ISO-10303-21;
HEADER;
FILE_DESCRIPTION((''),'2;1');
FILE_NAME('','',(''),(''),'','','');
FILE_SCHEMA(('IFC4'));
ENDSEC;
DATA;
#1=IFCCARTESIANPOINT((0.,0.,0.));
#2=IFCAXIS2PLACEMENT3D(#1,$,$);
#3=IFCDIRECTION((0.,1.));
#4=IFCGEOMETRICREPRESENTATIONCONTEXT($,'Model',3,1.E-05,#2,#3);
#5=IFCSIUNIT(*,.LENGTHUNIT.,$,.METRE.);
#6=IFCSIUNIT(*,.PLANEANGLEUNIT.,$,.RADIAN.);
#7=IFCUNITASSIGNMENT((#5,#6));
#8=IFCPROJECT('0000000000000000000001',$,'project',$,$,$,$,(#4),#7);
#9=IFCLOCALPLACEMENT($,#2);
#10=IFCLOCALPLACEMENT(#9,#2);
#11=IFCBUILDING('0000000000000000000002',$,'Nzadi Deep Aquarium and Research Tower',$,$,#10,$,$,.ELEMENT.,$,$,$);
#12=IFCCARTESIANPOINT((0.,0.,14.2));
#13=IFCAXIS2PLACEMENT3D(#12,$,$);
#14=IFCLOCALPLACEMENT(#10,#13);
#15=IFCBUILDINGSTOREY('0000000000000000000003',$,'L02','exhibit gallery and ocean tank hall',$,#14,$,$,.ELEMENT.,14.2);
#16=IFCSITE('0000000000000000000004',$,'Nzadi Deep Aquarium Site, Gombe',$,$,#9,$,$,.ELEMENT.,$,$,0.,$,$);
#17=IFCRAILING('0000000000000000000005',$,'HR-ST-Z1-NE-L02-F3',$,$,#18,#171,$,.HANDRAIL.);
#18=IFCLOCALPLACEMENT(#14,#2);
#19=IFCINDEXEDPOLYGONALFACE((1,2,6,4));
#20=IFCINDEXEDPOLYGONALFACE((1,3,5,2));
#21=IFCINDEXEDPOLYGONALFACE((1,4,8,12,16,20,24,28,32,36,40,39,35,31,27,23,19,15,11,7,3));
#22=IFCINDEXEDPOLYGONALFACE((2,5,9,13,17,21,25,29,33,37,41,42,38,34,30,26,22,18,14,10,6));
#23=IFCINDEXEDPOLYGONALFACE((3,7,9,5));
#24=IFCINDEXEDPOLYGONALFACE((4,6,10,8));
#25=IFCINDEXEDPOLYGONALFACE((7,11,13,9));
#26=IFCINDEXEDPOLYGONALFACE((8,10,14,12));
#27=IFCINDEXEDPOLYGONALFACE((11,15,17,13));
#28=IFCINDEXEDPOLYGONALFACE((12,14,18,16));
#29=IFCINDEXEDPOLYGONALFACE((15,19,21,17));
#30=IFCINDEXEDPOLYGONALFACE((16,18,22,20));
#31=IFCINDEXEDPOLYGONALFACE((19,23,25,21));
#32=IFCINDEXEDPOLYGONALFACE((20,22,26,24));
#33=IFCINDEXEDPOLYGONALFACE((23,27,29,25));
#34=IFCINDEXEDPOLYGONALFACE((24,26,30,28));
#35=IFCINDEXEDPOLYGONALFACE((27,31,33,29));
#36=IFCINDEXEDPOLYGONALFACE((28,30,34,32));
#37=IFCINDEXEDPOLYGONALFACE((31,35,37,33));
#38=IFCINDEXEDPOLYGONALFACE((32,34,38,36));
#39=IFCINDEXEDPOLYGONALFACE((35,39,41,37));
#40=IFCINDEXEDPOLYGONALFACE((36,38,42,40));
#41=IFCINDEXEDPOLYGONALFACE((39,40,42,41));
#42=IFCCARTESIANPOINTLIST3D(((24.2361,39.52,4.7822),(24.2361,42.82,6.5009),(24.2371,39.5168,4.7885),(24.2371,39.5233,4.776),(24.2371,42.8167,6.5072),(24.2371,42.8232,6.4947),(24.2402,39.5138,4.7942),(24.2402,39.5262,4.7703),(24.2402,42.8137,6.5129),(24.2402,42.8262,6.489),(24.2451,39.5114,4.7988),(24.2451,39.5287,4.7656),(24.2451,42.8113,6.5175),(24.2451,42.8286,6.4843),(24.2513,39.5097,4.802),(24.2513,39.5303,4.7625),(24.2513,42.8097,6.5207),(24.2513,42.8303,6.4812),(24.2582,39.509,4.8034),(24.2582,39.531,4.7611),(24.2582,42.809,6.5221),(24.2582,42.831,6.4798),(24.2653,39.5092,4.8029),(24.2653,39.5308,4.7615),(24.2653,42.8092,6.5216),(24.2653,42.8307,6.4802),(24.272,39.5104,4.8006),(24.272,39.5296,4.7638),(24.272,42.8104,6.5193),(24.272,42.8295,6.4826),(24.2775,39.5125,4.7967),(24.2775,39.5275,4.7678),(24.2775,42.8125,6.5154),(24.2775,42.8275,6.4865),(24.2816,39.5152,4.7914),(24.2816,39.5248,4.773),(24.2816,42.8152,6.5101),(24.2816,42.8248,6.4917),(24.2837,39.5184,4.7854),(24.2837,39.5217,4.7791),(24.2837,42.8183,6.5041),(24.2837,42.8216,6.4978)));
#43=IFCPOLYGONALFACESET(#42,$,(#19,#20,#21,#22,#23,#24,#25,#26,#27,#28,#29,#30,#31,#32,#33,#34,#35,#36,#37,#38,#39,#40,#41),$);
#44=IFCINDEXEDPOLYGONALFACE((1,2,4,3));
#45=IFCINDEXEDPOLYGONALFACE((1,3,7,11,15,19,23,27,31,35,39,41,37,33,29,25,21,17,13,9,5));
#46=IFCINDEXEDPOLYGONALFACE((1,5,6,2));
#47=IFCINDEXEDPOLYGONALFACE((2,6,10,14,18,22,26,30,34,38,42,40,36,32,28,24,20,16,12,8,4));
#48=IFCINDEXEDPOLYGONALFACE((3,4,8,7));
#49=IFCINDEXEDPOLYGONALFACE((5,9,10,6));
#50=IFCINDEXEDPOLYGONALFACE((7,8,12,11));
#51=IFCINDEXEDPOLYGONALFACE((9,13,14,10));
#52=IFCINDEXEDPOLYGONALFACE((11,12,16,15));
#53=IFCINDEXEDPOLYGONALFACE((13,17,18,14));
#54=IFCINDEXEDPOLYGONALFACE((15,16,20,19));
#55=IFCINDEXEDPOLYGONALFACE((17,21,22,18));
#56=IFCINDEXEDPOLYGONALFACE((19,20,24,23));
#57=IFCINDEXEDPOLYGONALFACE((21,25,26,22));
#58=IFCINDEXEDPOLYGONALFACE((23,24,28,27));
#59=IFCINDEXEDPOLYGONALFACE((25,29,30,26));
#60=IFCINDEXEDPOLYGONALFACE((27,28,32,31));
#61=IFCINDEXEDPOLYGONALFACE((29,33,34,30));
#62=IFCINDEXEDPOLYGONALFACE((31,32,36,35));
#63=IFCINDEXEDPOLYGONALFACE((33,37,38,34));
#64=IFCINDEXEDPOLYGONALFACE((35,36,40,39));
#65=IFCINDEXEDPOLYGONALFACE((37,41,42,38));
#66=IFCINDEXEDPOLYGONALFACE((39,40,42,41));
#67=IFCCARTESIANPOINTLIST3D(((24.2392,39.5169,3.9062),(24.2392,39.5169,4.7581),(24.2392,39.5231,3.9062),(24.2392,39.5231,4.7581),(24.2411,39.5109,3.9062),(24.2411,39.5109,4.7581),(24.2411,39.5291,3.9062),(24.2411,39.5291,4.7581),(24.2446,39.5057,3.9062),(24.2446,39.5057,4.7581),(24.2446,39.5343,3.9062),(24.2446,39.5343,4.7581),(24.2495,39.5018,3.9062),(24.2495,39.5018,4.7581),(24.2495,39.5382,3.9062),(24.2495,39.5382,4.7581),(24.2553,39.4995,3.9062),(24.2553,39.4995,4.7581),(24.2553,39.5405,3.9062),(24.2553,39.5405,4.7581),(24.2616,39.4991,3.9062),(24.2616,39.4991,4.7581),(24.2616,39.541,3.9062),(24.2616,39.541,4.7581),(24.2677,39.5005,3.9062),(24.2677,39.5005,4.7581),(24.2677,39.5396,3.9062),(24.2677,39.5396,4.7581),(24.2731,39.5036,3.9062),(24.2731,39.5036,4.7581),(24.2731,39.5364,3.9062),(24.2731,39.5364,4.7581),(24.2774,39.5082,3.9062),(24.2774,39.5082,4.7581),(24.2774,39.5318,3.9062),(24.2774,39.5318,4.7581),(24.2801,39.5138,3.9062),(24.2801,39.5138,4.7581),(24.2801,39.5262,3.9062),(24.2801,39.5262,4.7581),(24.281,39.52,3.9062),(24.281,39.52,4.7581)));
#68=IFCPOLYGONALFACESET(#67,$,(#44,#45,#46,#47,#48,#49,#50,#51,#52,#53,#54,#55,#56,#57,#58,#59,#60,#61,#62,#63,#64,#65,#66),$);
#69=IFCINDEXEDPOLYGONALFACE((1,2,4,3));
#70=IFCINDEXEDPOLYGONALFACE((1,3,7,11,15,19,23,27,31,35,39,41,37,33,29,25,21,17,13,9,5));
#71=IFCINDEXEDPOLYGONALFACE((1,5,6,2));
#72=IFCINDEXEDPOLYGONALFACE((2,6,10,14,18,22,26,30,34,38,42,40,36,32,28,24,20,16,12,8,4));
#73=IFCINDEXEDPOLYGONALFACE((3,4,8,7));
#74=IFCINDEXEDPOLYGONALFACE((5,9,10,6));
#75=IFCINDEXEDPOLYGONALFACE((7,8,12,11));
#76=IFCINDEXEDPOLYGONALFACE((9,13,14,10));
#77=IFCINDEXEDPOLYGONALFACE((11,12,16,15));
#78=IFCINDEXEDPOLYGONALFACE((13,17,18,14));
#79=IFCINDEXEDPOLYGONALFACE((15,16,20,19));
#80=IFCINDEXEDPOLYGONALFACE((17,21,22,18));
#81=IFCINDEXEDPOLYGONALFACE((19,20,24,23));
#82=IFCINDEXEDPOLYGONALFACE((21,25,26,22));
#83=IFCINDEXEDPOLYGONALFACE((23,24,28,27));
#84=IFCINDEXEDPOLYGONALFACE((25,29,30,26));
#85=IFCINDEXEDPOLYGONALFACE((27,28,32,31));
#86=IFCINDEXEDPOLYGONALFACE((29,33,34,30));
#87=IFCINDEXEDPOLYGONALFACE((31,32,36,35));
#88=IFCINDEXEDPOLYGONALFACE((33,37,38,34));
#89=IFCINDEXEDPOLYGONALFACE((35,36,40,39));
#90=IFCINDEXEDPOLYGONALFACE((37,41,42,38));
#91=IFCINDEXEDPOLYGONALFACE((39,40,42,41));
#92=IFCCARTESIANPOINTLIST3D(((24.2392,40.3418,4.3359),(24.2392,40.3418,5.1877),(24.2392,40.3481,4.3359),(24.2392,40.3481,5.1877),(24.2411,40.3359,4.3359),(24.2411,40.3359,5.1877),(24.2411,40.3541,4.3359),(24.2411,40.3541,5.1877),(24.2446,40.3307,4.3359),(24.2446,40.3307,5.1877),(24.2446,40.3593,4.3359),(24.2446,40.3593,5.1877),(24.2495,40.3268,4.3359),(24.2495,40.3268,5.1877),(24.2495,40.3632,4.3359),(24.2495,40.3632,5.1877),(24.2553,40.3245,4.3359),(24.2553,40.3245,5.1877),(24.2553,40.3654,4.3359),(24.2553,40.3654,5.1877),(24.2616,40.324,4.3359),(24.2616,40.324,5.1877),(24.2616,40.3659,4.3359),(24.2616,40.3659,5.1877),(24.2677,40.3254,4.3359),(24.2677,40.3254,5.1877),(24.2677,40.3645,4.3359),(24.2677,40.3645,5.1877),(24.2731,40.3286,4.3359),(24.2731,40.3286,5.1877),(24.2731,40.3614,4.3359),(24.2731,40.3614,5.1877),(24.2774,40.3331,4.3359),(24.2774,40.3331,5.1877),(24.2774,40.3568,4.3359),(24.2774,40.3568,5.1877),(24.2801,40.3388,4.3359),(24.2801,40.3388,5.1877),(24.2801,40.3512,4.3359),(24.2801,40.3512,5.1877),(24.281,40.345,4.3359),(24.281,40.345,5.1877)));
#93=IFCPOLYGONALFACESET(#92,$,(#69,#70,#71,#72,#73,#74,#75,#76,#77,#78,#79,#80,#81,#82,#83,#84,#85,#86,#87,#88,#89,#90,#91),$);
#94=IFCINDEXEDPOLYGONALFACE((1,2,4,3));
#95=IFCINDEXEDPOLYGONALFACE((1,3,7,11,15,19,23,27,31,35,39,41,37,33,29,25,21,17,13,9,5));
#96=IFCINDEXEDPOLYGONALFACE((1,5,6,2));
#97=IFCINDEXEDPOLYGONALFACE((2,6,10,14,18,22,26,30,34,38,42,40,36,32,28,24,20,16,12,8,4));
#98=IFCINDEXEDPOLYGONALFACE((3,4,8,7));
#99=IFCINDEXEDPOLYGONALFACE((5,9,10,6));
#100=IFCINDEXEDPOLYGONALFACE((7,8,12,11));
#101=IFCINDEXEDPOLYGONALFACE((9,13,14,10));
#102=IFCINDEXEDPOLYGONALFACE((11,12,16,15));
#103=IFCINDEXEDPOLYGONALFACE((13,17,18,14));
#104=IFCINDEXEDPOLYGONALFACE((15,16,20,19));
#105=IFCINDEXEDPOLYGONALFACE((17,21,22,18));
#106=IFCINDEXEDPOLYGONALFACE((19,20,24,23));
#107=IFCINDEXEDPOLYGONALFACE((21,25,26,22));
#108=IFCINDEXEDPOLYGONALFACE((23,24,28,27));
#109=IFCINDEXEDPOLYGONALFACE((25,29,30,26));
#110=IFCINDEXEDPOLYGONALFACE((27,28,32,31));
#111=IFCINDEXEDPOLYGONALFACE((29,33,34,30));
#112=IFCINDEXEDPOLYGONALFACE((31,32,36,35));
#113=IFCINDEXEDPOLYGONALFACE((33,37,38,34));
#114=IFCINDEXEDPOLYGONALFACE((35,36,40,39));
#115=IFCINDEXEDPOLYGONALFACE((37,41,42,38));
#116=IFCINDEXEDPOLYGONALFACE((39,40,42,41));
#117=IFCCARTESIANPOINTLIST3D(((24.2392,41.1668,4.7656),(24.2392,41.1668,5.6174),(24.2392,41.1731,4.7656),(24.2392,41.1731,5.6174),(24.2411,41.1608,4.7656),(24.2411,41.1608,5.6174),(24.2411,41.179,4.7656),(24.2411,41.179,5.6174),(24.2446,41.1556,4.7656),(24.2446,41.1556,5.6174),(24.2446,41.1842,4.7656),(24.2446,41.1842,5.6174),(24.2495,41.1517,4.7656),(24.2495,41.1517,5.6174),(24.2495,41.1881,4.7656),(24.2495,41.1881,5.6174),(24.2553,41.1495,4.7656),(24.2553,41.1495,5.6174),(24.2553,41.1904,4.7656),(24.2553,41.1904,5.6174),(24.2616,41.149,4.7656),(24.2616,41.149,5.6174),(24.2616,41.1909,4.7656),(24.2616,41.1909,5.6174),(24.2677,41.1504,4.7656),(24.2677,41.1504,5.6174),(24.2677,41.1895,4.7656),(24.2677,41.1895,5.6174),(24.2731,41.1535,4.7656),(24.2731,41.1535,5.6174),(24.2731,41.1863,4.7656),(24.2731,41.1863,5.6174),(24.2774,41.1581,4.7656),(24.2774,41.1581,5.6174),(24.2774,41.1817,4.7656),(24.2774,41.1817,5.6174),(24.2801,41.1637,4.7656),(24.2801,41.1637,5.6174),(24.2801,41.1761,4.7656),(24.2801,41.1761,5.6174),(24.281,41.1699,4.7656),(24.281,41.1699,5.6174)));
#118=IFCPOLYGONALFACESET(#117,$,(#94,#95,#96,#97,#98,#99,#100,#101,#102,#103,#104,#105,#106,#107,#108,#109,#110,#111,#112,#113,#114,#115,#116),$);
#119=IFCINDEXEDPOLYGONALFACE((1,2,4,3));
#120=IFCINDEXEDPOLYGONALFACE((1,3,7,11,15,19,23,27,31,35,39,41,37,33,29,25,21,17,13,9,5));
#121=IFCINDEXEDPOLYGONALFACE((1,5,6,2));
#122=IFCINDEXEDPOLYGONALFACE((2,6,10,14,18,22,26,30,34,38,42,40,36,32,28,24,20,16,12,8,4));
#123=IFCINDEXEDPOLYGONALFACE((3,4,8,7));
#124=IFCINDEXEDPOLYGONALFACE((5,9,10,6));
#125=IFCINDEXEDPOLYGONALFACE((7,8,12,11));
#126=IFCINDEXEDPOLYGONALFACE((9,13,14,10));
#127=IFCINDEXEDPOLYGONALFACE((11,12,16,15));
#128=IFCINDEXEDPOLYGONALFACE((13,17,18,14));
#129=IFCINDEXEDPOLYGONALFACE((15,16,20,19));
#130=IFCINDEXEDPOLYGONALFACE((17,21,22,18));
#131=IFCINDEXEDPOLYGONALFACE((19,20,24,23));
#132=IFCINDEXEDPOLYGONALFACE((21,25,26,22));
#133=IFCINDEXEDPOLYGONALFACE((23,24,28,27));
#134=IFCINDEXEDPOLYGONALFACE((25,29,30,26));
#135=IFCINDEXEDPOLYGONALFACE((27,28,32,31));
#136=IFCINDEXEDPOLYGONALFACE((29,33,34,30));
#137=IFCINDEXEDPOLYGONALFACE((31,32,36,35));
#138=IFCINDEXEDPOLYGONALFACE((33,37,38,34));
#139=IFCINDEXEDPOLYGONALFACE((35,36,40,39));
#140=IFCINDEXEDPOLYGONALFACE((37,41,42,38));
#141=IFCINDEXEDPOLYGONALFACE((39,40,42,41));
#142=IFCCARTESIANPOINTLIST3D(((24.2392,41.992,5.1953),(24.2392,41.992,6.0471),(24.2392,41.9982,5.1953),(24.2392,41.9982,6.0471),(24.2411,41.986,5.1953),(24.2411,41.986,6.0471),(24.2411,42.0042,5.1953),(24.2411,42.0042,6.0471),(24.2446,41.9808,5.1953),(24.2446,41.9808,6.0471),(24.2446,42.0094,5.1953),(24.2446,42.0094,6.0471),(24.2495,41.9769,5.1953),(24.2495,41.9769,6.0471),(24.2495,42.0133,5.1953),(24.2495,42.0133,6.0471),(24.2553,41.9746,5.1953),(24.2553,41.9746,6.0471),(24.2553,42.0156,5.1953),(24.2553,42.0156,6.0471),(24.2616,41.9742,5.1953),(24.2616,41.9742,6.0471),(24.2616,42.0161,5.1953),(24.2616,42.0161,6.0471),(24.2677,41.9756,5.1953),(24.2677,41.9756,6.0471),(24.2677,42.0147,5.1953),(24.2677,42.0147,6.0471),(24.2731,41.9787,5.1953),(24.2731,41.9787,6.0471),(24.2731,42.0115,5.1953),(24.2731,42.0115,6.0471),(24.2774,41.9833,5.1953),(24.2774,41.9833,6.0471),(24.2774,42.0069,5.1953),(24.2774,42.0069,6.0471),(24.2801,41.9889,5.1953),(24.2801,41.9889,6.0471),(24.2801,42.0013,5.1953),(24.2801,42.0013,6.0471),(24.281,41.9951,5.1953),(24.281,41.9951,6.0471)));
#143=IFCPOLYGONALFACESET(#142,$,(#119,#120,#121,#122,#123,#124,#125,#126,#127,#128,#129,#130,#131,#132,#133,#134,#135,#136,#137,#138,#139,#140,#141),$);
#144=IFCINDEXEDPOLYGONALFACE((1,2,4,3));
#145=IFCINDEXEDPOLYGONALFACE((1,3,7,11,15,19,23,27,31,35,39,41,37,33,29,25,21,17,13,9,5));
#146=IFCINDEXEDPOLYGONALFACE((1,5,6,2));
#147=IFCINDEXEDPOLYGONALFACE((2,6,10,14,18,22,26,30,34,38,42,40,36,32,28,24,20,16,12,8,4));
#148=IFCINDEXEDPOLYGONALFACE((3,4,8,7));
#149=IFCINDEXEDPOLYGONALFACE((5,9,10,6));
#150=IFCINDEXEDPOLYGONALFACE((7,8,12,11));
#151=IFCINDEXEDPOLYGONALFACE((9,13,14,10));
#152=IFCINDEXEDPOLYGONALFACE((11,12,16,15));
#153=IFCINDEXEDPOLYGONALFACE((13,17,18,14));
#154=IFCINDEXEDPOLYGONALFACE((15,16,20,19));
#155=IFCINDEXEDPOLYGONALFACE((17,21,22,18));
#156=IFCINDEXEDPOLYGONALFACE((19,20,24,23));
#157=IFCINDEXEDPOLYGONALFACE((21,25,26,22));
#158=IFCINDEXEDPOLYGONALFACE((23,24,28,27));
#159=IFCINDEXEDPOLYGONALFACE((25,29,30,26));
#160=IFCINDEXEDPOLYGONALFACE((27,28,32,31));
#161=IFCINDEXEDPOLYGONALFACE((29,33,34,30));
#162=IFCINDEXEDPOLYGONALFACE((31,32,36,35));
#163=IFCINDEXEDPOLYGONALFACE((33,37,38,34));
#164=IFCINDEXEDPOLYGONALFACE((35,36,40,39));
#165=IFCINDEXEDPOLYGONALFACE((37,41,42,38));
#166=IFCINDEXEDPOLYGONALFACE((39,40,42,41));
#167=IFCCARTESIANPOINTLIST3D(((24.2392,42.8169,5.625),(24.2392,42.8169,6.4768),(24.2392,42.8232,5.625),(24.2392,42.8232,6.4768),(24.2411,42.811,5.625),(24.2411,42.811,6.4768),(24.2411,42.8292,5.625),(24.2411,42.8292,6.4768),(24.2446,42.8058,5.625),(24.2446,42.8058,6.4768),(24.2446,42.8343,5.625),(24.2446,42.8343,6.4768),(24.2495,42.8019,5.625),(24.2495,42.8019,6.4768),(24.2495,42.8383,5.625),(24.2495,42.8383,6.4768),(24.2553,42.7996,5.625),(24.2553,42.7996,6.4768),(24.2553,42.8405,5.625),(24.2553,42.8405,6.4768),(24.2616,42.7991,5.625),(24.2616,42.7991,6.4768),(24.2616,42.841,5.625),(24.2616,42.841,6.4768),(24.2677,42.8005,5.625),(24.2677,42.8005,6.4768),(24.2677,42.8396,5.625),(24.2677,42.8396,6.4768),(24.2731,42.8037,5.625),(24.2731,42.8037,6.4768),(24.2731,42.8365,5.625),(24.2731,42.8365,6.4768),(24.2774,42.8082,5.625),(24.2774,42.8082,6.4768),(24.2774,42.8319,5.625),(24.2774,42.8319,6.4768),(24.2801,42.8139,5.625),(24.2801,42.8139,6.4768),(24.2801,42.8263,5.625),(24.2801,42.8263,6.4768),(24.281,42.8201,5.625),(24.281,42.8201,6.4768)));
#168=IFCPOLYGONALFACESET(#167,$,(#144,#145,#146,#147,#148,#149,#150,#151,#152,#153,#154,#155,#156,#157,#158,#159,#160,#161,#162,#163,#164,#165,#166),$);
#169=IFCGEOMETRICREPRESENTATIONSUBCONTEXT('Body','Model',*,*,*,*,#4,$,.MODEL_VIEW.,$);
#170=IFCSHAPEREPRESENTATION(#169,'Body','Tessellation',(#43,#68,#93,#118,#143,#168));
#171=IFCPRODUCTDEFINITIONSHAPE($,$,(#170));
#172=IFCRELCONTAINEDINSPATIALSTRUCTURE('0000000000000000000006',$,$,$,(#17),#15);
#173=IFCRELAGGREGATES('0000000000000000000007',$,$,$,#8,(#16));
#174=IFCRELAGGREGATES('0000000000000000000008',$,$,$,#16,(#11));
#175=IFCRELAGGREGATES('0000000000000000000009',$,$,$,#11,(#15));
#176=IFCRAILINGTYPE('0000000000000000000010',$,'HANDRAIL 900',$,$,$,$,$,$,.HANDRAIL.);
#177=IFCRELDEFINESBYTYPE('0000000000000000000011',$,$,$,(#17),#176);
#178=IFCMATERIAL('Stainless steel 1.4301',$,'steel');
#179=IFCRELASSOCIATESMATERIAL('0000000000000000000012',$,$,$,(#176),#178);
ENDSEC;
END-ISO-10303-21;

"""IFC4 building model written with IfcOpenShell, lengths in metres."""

from ifc_helpers import new_model, si_unit, direction, frame, origin, origin_2d, place, context, subcontext, project, spatial, circle, extrude, material, type_object, element, save


model = new_model("IFC4")

# Units and contexts
model_context = context("Model", 3, precision=1e-05, world=origin(), true_north=direction((0.0, 1.0)))
body_context = subcontext(model_context, "Body", "Model", "MODEL_VIEW")
ifc_project = project(units=[si_unit("LENGTHUNIT", "METRE"), si_unit("PLANEANGLEUNIT", "RADIAN")], contexts=[model_context])

# Site, building, storey
site_placement = place(None, origin())
site = spatial("IfcSite", under=ifc_project, at=site_placement, Name="Nzadi Deep Aquarium Site, Gombe", CompositionType="ELEMENT", RefElevation=0.0)
building_placement = place(site_placement, origin())
building = spatial("IfcBuilding", under=site, at=building_placement, Name="Nzadi Deep Aquarium and Research Tower", CompositionType="ELEMENT")
storey_placement = place(building_placement, frame((0.0, 0.0, 14.2)))
storey = spatial("IfcBuildingStorey", under=building, at=storey_placement, Name="L02", Description="exhibit gallery and ocean tank hall", CompositionType="ELEMENT", Elevation=14.2)

# Railing
ifc_material_1 = material(Name="Stainless steel 1.4301", Category="steel")
railing_type = type_object("IfcRailingType", Name="HANDRAIL 900", PredefinedType="HANDRAIL", material=ifc_material_1)
for number, where, name in (
    (1, (24.26, 39.52, 3.9062), "HR-ST-Z1-NE-L02-F3"),
):
    element("IfcRailing", number, at=place(storey_placement, frame(where)), inside=storey, type_object=railing_type, Name=name, PredefinedType="HANDRAIL", context=body_context, shape_type="SweptSolid", body=[
        extrude(circle(Radius=0.0239, at=origin_2d()), frame((0.0, 0.0, 0.876), z_axis=(0.0, 0.886917, 0.461929), x_axis=(-1.0, 0.0, 0.0)), (0.0, 0.0, 1.0), 3.7207),
        extrude(circle(Radius=0.021, at=origin_2d()), origin(), (0.0, 0.0, 1.0), 0.8518),
        extrude(circle(Radius=0.021, at=origin_2d()), frame((0.0, 0.825, 0.4297)), (0.0, 0.0, 1.0), 0.8518),
        extrude(circle(Radius=0.021, at=origin_2d()), frame((0.0, 1.6499, 0.8594)), (0.0, 0.0, 1.0), 0.8518),
        extrude(circle(Radius=0.021, at=origin_2d()), frame((0.0, 2.4751, 1.2891)), (0.0, 0.0, 1.0), 0.8518),
        extrude(circle(Radius=0.021, at=origin_2d()), frame((0.0, 3.3, 1.7188)), (0.0, 0.0, 1.0), 0.8518),
    ])

save(model, "model.ifc")
